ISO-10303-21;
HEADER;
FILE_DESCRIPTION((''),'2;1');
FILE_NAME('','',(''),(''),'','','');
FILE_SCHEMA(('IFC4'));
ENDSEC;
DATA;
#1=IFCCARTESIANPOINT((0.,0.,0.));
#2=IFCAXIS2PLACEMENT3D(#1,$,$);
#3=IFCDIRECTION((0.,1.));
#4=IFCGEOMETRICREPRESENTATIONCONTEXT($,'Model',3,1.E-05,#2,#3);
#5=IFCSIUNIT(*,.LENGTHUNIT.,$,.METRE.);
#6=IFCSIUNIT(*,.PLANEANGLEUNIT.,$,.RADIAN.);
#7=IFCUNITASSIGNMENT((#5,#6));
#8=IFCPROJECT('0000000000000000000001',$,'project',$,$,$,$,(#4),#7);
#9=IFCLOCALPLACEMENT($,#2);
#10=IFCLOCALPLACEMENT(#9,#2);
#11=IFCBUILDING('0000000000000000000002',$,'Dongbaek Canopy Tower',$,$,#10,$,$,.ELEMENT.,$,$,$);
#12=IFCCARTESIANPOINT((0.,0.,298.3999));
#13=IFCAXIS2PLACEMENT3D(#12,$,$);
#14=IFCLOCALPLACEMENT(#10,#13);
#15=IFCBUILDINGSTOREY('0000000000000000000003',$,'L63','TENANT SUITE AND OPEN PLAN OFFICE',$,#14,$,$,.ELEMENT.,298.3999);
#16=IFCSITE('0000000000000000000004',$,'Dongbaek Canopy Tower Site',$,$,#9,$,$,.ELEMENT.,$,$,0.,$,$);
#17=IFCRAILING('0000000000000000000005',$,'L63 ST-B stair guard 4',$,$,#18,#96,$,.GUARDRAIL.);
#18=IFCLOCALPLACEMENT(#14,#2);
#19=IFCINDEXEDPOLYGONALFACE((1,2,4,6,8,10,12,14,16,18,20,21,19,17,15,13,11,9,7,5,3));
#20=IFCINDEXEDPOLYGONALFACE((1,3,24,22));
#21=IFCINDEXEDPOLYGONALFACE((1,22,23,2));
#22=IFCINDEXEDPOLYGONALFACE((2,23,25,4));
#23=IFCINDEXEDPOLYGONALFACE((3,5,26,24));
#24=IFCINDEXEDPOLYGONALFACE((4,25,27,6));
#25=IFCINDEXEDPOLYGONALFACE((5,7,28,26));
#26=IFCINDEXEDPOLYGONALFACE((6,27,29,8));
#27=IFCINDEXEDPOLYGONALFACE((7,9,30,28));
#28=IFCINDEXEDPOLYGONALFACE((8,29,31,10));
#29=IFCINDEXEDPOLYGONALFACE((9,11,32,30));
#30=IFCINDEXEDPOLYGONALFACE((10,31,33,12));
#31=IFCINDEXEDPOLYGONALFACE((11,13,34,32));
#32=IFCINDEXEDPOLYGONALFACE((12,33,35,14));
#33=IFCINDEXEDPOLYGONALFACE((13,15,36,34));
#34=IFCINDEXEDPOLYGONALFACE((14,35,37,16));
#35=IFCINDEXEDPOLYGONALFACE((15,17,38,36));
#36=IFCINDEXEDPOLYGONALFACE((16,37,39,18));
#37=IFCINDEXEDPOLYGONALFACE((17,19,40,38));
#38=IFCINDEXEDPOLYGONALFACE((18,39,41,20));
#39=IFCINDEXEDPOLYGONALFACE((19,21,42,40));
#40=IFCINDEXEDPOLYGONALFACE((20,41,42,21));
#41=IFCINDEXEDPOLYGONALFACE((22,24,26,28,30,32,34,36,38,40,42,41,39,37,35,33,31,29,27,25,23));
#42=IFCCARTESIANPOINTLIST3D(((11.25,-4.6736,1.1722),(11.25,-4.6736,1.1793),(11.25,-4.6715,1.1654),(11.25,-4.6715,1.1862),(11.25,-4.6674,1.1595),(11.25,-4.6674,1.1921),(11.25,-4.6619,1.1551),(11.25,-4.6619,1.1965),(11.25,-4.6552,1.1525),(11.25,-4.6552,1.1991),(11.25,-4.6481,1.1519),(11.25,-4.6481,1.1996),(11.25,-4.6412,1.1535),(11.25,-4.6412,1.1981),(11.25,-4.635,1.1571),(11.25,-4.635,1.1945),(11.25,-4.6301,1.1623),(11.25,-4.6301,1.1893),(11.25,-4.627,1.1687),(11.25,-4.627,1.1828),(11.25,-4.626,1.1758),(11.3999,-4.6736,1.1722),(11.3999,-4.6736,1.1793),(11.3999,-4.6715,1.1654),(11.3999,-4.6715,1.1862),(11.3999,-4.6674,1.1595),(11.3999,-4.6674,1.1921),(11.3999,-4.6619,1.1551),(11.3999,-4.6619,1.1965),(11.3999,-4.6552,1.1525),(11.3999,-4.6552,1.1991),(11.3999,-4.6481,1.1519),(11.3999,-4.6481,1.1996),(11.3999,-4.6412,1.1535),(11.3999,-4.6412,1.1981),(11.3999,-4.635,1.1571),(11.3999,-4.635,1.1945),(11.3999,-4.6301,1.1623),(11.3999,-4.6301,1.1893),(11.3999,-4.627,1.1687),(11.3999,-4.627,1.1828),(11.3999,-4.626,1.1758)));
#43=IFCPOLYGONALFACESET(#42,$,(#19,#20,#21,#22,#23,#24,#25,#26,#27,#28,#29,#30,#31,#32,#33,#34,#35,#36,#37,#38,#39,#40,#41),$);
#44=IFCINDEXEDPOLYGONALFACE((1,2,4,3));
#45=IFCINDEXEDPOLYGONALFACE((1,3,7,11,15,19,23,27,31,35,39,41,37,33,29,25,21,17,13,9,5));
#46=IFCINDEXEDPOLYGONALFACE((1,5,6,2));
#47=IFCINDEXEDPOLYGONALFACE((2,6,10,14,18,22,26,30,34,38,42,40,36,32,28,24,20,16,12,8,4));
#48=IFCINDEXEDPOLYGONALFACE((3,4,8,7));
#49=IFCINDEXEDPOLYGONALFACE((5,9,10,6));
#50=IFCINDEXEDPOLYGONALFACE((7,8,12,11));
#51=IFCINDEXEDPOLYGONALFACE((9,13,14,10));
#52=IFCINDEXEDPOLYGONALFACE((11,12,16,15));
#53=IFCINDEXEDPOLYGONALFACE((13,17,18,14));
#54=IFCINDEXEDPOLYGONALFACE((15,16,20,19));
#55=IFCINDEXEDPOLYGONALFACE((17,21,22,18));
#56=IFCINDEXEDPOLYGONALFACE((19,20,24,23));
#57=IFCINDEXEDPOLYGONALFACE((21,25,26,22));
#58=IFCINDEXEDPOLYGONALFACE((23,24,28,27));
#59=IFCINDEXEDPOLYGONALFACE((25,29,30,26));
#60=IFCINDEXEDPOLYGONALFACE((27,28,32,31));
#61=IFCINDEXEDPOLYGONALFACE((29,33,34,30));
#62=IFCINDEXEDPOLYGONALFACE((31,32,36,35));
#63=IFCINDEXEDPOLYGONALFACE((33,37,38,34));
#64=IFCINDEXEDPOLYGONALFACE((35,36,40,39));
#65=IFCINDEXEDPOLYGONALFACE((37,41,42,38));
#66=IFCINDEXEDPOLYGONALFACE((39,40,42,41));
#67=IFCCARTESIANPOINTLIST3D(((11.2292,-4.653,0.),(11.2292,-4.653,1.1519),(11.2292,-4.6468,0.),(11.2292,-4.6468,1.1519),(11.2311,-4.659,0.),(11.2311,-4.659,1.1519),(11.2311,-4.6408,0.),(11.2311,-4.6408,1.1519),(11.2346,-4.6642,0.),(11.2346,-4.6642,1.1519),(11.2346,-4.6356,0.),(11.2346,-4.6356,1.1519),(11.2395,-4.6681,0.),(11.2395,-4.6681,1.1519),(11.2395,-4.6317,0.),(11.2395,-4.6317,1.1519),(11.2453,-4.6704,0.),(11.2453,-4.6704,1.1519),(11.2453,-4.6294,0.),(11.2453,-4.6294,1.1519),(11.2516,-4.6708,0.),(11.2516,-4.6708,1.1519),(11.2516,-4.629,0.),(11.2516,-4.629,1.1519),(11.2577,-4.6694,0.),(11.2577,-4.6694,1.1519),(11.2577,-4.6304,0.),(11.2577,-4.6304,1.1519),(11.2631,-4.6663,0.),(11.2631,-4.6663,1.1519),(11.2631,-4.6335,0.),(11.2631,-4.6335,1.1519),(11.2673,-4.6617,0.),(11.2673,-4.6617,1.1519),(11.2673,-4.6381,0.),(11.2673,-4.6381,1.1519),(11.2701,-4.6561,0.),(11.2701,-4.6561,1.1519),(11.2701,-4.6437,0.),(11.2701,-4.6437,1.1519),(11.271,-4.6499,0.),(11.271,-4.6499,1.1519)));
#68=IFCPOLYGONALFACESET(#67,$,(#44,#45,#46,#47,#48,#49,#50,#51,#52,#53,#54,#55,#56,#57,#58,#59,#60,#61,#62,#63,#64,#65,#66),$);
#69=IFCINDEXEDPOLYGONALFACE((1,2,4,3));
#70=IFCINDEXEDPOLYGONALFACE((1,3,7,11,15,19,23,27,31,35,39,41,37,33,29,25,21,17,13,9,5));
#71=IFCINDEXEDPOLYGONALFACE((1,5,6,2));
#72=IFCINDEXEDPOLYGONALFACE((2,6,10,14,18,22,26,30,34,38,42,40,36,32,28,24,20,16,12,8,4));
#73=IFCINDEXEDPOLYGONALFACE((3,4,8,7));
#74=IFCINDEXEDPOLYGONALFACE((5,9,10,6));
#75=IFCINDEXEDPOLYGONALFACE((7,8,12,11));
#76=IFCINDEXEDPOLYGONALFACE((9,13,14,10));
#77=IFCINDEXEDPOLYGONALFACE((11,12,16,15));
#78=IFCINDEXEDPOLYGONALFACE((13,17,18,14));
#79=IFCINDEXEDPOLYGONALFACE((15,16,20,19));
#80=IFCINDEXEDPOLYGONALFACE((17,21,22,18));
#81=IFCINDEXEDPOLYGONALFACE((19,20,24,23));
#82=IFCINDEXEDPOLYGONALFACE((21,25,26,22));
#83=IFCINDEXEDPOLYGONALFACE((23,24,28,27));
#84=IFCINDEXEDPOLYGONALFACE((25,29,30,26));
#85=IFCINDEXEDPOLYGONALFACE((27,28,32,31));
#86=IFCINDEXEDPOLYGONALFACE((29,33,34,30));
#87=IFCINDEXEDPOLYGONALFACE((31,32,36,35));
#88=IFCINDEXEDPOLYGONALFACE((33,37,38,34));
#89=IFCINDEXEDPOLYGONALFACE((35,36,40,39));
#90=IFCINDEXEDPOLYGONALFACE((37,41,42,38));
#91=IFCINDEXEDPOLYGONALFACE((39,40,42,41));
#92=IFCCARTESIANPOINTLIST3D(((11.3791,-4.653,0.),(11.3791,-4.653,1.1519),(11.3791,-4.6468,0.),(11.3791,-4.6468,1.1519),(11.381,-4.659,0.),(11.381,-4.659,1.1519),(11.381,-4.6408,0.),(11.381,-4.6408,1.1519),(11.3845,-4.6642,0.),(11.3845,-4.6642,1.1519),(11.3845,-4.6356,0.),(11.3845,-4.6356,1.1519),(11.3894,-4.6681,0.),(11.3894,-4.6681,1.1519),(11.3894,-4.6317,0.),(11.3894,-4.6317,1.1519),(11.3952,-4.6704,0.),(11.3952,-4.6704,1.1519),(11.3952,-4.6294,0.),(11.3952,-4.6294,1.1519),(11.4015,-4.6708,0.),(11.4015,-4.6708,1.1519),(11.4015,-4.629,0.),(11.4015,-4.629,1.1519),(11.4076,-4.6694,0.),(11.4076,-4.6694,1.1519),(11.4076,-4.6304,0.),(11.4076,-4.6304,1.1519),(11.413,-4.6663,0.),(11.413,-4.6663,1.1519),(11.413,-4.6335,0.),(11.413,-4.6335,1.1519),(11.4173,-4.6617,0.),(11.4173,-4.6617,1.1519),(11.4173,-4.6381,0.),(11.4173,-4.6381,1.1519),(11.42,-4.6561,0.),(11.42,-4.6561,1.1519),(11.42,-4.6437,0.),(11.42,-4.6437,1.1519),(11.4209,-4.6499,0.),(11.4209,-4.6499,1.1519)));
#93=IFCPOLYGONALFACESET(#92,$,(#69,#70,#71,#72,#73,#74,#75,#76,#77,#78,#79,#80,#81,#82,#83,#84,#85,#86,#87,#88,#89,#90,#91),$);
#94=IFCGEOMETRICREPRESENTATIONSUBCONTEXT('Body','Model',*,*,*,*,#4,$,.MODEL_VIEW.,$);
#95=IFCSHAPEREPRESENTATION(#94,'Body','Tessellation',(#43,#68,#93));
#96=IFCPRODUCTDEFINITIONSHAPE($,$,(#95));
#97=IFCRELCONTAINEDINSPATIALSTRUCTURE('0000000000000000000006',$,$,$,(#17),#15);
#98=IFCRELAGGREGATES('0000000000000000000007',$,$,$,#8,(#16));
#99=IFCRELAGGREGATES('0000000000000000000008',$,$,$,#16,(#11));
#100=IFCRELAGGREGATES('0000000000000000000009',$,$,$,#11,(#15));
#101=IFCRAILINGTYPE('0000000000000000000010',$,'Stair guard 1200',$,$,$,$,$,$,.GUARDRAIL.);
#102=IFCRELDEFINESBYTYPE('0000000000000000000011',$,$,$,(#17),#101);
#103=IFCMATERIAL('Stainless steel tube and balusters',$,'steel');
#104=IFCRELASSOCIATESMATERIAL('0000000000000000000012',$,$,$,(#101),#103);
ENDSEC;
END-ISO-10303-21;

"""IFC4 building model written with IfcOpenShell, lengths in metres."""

from ifc_helpers import new_model, si_unit, direction, frame, origin, origin_2d, place, context, subcontext, project, spatial, circle, extrude, material, type_object, element, save


model = new_model("IFC4")

# Units and contexts
model_context = context("Model", 3, precision=1e-05, world=origin(), true_north=direction((0.0, 1.0)))
body_context = subcontext(model_context, "Body", "Model", "MODEL_VIEW")
ifc_project = project(units=[si_unit("LENGTHUNIT", "METRE"), si_unit("PLANEANGLEUNIT", "RADIAN")], contexts=[model_context])

# Site, building, storey
site_placement = place(None, origin())
site = spatial("IfcSite", under=ifc_project, at=site_placement, Name="Dongbaek Canopy Tower Site", CompositionType="ELEMENT", RefElevation=0.0)
building_placement = place(site_placement, origin())
building = spatial("IfcBuilding", under=site, at=building_placement, Name="Dongbaek Canopy Tower", CompositionType="ELEMENT")
storey_placement = place(building_placement, frame((0.0, 0.0, 298.3999)))
storey = spatial("IfcBuildingStorey", under=building, at=storey_placement, Name="L63", Description="TENANT SUITE AND OPEN PLAN OFFICE", CompositionType="ELEMENT", Elevation=298.3999)

# Railing
ifc_material_1 = material(Name="Stainless steel tube and balusters", Category="steel")
railing_type_1 = type_object("IfcRailingType", Name="Stair guard 1200", PredefinedType="GUARDRAIL", material=ifc_material_1)
railing_1_placement = place(storey_placement, frame((11.25, -4.6499, 0.0)))
element("IfcRailing", 1, at=railing_1_placement, inside=storey, type_object=railing_type_1, Name="L63 ST-B stair guard 4", PredefinedType="GUARDRAIL", context=body_context, shape_type="SweptSolid", body=[
    extrude(circle(Radius=0.0239, at=origin_2d()), frame((0.0, 0.0, 1.1758), z_axis=(1.0, 0.0, 0.0), x_axis=(0.0, 1.0, 0.0)), (0.0, 0.0, 1.0), 0.1499),
    extrude(circle(Radius=0.021, at=origin_2d()), origin(), (0.0, 0.0, 1.0), 1.1519),
    extrude(circle(Radius=0.021, at=origin_2d()), frame((0.1499, 0.0, 0.0)), (0.0, 0.0, 1.0), 1.1519),
])

save(model, "model.ifc")
